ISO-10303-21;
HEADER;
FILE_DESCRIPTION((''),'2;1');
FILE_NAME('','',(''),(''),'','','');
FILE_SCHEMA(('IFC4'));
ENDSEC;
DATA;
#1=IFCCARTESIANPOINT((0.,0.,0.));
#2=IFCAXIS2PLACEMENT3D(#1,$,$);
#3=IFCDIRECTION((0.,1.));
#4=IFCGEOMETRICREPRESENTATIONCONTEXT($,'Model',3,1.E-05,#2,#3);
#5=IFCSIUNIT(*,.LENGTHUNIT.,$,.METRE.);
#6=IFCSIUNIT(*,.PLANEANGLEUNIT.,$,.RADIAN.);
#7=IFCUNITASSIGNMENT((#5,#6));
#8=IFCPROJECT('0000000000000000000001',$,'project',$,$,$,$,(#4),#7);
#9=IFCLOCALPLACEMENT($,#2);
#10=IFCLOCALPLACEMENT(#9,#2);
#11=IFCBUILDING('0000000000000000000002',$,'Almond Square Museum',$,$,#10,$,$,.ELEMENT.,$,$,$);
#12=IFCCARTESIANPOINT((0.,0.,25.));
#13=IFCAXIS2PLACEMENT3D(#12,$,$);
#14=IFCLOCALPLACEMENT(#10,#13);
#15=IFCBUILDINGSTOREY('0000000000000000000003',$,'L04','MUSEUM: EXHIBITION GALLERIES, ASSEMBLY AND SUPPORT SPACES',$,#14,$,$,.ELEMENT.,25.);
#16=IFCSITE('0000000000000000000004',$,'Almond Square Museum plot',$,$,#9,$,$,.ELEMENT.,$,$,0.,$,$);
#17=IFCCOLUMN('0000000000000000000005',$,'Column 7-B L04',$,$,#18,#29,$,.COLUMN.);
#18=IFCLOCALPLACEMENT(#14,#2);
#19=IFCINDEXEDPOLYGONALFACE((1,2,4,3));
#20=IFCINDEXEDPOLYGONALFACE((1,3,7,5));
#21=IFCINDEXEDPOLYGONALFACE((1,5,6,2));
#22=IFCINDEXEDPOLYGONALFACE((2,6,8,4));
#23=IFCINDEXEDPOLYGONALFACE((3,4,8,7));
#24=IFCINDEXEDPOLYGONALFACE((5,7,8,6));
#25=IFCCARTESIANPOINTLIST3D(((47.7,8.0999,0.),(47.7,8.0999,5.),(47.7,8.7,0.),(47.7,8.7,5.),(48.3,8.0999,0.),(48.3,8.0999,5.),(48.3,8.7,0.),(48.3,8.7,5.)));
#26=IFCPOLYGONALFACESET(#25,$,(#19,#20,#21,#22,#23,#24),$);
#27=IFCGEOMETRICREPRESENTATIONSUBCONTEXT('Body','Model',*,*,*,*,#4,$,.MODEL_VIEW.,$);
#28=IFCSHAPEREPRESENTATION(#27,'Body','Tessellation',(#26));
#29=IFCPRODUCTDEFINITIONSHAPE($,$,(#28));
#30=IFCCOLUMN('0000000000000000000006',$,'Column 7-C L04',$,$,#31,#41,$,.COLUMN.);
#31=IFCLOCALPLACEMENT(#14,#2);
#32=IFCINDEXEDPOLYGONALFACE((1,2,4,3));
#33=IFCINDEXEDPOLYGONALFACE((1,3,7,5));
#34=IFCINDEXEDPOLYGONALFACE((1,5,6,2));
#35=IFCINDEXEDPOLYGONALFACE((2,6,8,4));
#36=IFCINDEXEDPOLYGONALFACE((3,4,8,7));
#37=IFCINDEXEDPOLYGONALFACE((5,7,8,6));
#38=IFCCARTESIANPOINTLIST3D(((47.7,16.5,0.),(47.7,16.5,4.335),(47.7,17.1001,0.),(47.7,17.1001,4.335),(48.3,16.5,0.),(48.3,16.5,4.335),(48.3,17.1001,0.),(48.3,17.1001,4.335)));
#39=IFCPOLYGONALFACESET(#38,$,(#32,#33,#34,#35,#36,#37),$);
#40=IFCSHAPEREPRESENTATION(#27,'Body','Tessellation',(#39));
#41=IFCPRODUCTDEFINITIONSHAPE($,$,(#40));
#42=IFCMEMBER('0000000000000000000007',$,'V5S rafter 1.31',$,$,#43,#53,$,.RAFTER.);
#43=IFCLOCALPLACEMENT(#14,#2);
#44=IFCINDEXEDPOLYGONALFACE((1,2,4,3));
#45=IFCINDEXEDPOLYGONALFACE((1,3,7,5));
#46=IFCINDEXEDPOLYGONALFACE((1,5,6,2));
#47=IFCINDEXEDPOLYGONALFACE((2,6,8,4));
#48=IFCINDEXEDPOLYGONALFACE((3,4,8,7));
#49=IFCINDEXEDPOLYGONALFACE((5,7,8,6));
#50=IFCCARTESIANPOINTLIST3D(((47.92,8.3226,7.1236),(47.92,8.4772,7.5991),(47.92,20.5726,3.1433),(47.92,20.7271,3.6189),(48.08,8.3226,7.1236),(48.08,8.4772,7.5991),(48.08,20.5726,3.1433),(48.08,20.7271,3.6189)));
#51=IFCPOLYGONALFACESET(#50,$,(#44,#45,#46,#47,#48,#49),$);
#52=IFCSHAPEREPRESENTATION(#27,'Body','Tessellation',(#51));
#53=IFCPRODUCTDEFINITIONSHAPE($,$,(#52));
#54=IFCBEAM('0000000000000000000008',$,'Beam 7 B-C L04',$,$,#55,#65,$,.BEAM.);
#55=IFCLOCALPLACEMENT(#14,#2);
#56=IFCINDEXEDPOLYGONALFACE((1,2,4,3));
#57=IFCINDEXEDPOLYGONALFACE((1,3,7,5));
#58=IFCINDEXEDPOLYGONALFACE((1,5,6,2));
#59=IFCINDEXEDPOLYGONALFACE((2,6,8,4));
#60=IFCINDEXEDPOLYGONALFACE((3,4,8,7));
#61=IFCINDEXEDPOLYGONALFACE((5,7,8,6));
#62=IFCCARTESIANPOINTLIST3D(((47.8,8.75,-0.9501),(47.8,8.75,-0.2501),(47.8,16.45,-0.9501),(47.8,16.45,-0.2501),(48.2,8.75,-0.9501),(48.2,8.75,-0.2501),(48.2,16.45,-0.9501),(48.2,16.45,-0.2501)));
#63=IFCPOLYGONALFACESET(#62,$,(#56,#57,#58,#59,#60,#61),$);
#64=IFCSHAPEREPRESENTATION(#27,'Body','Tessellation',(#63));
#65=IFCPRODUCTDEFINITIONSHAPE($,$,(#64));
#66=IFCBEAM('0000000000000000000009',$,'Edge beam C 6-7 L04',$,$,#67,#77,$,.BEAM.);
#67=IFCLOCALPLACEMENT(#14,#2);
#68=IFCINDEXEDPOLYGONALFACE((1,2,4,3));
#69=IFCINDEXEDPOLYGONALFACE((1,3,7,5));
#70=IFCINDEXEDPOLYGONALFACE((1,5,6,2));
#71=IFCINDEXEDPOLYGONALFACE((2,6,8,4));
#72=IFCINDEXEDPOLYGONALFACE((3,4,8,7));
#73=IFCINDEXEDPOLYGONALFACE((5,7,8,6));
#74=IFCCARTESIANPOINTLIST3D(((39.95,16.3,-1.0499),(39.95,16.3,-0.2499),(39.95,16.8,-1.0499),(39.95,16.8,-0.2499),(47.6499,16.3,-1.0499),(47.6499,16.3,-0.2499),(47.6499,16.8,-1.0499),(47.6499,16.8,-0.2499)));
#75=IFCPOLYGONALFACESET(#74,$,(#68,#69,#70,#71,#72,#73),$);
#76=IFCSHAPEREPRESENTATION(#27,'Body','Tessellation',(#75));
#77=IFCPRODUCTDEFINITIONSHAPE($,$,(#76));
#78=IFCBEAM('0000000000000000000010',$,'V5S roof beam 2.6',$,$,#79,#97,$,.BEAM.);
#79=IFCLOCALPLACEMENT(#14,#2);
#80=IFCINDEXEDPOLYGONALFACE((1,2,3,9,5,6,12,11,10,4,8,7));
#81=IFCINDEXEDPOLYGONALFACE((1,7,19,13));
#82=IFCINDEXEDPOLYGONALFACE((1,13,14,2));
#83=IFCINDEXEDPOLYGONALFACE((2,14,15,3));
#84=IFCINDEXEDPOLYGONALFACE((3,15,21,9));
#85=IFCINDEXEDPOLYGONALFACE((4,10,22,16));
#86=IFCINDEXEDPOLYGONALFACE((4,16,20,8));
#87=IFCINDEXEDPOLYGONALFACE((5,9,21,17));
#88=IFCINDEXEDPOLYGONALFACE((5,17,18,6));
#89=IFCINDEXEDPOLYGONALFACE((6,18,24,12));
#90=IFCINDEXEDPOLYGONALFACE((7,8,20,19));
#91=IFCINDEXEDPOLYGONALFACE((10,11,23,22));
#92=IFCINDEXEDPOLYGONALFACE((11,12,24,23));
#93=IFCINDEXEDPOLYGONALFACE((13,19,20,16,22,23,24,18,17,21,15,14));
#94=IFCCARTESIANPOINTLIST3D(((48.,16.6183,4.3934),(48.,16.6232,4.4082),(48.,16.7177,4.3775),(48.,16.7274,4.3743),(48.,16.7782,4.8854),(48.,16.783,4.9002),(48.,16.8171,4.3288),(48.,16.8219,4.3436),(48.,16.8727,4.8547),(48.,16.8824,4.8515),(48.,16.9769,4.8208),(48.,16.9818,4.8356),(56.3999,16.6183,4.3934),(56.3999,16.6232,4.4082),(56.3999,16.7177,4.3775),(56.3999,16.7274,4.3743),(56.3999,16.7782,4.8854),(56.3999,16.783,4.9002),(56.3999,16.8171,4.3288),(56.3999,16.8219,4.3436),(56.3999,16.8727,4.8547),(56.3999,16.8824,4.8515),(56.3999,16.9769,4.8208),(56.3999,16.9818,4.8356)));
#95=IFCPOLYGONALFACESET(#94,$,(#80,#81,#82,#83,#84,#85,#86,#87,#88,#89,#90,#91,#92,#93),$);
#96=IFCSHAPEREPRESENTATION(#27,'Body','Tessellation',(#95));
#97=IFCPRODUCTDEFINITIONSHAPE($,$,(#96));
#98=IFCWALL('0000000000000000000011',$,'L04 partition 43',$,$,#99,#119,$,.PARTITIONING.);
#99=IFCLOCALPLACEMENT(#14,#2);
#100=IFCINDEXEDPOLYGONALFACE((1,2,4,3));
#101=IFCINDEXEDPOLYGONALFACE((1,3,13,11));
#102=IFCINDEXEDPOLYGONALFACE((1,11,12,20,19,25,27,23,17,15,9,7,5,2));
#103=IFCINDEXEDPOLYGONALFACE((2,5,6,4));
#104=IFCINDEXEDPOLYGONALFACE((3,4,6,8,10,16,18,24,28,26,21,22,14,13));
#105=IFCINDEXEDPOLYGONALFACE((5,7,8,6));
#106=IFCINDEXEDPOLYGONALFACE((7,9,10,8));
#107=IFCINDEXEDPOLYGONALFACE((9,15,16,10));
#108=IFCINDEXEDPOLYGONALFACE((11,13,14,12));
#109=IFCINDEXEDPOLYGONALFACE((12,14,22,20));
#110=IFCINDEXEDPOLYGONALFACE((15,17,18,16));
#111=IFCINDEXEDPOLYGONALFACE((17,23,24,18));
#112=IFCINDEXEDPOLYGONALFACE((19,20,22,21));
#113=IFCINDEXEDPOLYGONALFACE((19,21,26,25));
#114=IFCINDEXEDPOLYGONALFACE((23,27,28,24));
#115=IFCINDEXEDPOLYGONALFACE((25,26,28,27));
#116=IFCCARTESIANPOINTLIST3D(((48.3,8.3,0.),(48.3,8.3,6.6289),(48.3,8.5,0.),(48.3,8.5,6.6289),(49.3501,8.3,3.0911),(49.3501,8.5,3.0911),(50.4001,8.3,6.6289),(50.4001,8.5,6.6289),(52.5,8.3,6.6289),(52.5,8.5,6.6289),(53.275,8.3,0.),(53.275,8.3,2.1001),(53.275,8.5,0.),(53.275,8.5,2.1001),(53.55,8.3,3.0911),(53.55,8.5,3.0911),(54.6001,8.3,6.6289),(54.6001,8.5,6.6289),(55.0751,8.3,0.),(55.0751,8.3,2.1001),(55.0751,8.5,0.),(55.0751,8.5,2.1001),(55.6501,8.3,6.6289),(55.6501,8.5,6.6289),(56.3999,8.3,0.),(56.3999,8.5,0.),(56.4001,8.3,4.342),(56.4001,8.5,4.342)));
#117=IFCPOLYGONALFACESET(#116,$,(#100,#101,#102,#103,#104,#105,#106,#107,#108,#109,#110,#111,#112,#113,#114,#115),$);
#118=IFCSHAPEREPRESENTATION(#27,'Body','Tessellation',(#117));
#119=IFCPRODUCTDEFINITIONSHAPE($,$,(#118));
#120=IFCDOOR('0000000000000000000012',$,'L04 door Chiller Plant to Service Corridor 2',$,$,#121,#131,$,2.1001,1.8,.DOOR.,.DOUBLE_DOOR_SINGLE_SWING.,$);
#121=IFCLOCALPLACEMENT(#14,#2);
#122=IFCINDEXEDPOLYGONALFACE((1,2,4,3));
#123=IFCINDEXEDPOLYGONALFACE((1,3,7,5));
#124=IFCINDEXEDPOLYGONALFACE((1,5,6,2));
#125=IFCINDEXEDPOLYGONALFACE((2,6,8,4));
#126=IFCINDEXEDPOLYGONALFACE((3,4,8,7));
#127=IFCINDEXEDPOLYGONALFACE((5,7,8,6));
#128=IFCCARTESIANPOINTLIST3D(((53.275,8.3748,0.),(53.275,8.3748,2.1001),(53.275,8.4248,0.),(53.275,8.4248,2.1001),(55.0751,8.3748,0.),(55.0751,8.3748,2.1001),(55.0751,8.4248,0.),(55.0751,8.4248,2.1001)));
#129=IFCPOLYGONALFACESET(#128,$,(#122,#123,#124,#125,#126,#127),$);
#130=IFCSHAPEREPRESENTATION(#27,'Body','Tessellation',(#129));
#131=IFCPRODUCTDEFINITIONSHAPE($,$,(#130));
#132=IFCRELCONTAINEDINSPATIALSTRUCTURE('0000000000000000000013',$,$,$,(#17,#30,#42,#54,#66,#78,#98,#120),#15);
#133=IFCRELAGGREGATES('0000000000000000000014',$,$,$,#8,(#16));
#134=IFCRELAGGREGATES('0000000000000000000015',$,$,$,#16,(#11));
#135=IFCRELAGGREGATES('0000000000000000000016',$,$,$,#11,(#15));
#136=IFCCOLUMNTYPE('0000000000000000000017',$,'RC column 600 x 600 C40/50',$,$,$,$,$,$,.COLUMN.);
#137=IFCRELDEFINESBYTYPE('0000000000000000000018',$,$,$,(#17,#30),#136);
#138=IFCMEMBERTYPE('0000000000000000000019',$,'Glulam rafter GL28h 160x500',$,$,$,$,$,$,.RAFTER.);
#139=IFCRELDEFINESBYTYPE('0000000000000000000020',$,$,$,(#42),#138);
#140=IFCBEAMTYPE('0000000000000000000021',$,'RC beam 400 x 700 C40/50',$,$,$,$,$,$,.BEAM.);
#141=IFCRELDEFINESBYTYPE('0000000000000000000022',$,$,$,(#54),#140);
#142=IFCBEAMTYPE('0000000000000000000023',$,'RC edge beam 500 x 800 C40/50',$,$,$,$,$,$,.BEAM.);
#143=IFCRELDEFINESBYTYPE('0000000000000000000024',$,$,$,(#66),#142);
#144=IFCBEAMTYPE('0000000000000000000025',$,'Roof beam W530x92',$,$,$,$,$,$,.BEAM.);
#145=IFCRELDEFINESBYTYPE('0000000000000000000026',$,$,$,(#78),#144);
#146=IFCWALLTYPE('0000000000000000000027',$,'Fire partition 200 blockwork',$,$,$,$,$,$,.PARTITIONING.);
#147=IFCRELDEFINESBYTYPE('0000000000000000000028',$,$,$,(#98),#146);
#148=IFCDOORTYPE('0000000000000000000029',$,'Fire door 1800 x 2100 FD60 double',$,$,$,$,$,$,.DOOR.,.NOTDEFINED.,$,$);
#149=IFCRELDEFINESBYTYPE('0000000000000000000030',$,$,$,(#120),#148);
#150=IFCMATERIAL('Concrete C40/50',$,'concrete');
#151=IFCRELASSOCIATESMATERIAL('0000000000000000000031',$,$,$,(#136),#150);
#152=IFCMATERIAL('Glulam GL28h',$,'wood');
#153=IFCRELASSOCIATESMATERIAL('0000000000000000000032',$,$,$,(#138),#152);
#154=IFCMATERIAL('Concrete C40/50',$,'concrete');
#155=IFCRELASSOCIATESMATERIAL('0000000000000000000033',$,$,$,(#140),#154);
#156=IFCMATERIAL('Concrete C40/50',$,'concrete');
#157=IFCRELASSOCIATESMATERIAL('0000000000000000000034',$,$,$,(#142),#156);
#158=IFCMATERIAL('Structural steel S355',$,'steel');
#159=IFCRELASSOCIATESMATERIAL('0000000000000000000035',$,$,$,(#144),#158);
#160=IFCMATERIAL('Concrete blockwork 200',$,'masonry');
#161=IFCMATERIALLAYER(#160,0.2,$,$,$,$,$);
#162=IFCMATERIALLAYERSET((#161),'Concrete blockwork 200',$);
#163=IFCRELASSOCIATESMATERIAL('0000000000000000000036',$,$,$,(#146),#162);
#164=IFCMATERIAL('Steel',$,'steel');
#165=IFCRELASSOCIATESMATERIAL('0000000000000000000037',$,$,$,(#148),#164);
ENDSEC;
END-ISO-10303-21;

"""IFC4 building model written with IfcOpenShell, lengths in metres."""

from ifc_helpers import new_model, si_unit, direction, frame, frame_2d, origin, origin_2d, place, context, subcontext, project, spatial, polyline, rectangle, i_section, outline, extrude, material, layer, layer_set, material_profile, profile_set, type_object, element, fill, save


model = new_model("IFC4")

# Units and contexts
model_context = context("Model", 3, precision=1e-05, world=origin(), true_north=direction((0.0, 1.0)))
body_context = subcontext(model_context, "Body", "Model", "MODEL_VIEW")
ifc_project = project(units=[si_unit("LENGTHUNIT", "METRE"), si_unit("PLANEANGLEUNIT", "RADIAN")], contexts=[model_context])

# Site, building, storey
site_placement = place(None, origin())
site = spatial("IfcSite", under=ifc_project, at=site_placement, Name="Almond Square Museum plot", CompositionType="ELEMENT", RefElevation=0.0)
building_placement = place(site_placement, origin())
building = spatial("IfcBuilding", under=site, at=building_placement, Name="Almond Square Museum", CompositionType="ELEMENT")
storey_placement = place(building_placement, frame((0.0, 0.0, 25.0)))
storey = spatial("IfcBuildingStorey", under=building, at=storey_placement, Name="L04", Description="MUSEUM: EXHIBITION GALLERIES, ASSEMBLY AND SUPPORT SPACES", CompositionType="ELEMENT", Elevation=25.0)

# Columns
ifc_material_1 = material(Name="Concrete C40/50", Category="concrete")
ifc_material_profile_1 = material_profile(ifc_material_1, rectangle(XDim=0.6001, YDim=0.6001, at=origin_2d()))
ifc_profile_set_1 = profile_set([ifc_material_profile_1], Name="Concrete C40/50")
column_type = type_object("IfcColumnType", Name="RC column 600 x 600 C40/50", PredefinedType="COLUMN", material=ifc_profile_set_1)
column_1_placement = place(storey_placement, frame((48.0, 8.3999, 0.0), z_axis=(0.0, 0.0, 1.0), x_axis=(1.0, 0.0, 0.0)))
element("IfcColumn", 1, at=column_1_placement, inside=storey, type_object=column_type, Name="Column 7-B L04", PredefinedType="COLUMN", context=body_context, shape_type="SweptSolid", body=[
    extrude(rectangle(XDim=0.6001, YDim=0.6001, at=origin_2d()), origin(), (0.0, 0.0, 1.0), 5.0),
])
column_2_placement = place(storey_placement, frame((48.0, 16.8, 0.0), z_axis=(0.0, 0.0, 1.0), x_axis=(1.0, 0.0, 0.0)))
element("IfcColumn", 2, at=column_2_placement, inside=storey, type_object=column_type, Name="Column 7-C L04", PredefinedType="COLUMN", context=body_context, shape_type="SweptSolid", body=[
    extrude(rectangle(XDim=0.6001, YDim=0.6001, at=origin_2d()), origin(), (0.0, 0.0, 1.0), 4.335),
])

# Member
ifc_material_2 = material(Name="Glulam GL28h", Category="wood")
ifc_material_profile_2 = material_profile(ifc_material_2, rectangle(XDim=0.1599, YDim=0.5, at=origin_2d()))
ifc_profile_set_2 = profile_set([ifc_material_profile_2], Name="Glulam GL28h")
member_type = type_object("IfcMemberType", Name="Glulam rafter GL28h 160x500", PredefinedType="RAFTER", material=ifc_profile_set_2)
member_placement = place(storey_placement, frame((48.0, 8.3999, 7.3613), z_axis=(0.0, 0.951057, -0.309014), x_axis=(-1.0, 0.0, 0.0)))
element("IfcMember", 3, at=member_placement, inside=storey, type_object=member_type, Name="V5S rafter 1.31", PredefinedType="RAFTER", context=body_context, shape_type="SweptSolid", body=[
    extrude(rectangle(XDim=0.1599, YDim=0.5, at=origin_2d()), origin(), (0.0, 0.0, 1.0), 12.8804),
])

# Beams
ifc_material_3 = material(Name="Concrete C40/50", Category="concrete")
ifc_material_profile_3 = material_profile(ifc_material_3, rectangle(XDim=0.3999, YDim=0.7, at=origin_2d()))
ifc_profile_set_3 = profile_set([ifc_material_profile_3], Name="Concrete C40/50")
beam_type_1 = type_object("IfcBeamType", Name="RC beam 400 x 700 C40/50", PredefinedType="BEAM", material=ifc_profile_set_3)
beam_1_placement = place(storey_placement, frame((48.0, 8.75, -0.6001), z_axis=(0.0, 1.0, 0.0), x_axis=(-1.0, 0.0, 0.0)))
element("IfcBeam", 4, at=beam_1_placement, inside=storey, type_object=beam_type_1, Name="Beam 7 B-C L04", PredefinedType="BEAM", context=body_context, shape_type="SweptSolid", body=[
    extrude(rectangle(XDim=0.3999, YDim=0.7, at=origin_2d()), origin(), (0.0, 0.0, 1.0), 7.7),
])
ifc_material_4 = material(Name="Concrete C40/50", Category="concrete")
ifc_material_profile_4 = material_profile(ifc_material_4, rectangle(XDim=0.5, YDim=0.8, at=origin_2d()))
ifc_profile_set_4 = profile_set([ifc_material_profile_4], Name="Concrete C40/50")
beam_type_2 = type_object("IfcBeamType", Name="RC edge beam 500 x 800 C40/50", PredefinedType="BEAM", material=ifc_profile_set_4)
beam_2_placement = place(storey_placement, frame((39.95, 16.55, -0.6499), z_axis=(1.0, 0.0, 0.0), x_axis=(0.0, 1.0, 0.0)))
element("IfcBeam", 5, at=beam_2_placement, inside=storey, type_object=beam_type_2, Name="Edge beam C 6-7 L04", PredefinedType="BEAM", context=body_context, shape_type="SweptSolid", body=[
    extrude(rectangle(XDim=0.5, YDim=0.8, at=origin_2d()), origin(), (0.0, 0.0, 1.0), 7.7),
])
ifc_material_5 = material(Name="Structural steel S355", Category="steel")
ifc_material_profile_5 = material_profile(ifc_material_5, i_section(OverallWidth=0.209, OverallDepth=0.533, WebThickness=0.0103, FlangeThickness=0.0156, at=origin_2d()))
ifc_profile_set_5 = profile_set([ifc_material_profile_5], Name="Structural steel S355")
beam_type_3 = type_object("IfcBeamType", Name="Roof beam W530x92", PredefinedType="BEAM", material=ifc_profile_set_5)
beam_3_placement = place(storey_placement, frame((48.0, 16.8, 4.6145), z_axis=(1.0, 0.0, 0.0), x_axis=(0.0, 0.951057, -0.309017)))
element("IfcBeam", 6, at=beam_3_placement, inside=storey, type_object=beam_type_3, Name="V5S roof beam 2.6", PredefinedType="BEAM", context=body_context, shape_type="SweptSolid", body=[
    extrude(i_section(OverallWidth=0.209, OverallDepth=0.533, WebThickness=0.0103, FlangeThickness=0.0156, at=origin_2d()), origin(), (0.0, 0.0, 1.0), 8.3999),
])

# Wall, opening, door
ifc_material_6 = material(Name="Concrete blockwork 200", Category="masonry")
ifc_layer = layer(ifc_material_6, 0.2)
ifc_layer_set = layer_set([ifc_layer], Name="Concrete blockwork 200")
wall_type = type_object("IfcWallType", Name="Fire partition 200 blockwork", PredefinedType="PARTITIONING", material=ifc_layer_set)
wall_placement = place(storey_placement, frame((48.3, 8.3999, 0.0), z_axis=(0.0, 0.0, 1.0), x_axis=(1.0, 0.0, 0.0)))
wall = element("IfcWall", 7, at=wall_placement, inside=storey, type_object=wall_type, Name="L04 partition 43", PredefinedType="PARTITIONING", context=body_context, shape_type="SweptSolid", body=[
    extrude(outline(polyline([(0.0, 0.0), (8.0999, 0.0), (8.1001, 4.342), (7.3501, 6.6289), (6.3, 6.6289), (5.25, 3.0911), (4.2, 6.6289), (2.1001, 6.6289), (1.05, 3.0911), (0.0, 6.6289), (0.0, 0.0)])), frame((0.0, 0.1001, 0.0), z_axis=(0.0, -1.0, 0.0), x_axis=(1.0, 0.0, 0.0)), (0.0, 0.0, 1.0), 0.2),
])
opening_placement = place(wall_placement, frame((4.9751, 0.0, 0.0)))
opening = element("IfcOpeningElement", 8, at=opening_placement, cuts=wall, PredefinedType="OPENING", context=body_context, shape_type="SweptSolid", body=[
    extrude(rectangle(XDim=1.8, YDim=2.1001, at=frame_2d((0.8999, 1.05))), frame((0.0, 0.1099, 0.0), z_axis=(0.0, -1.0, 0.0), x_axis=(1.0, 0.0, 0.0)), (0.0, 0.0, 1.0), 0.22),
])
ifc_material_7 = material(Name="Steel", Category="steel")
door_type = type_object("IfcDoorType", Name="Fire door 1800 x 2100 FD60 double", OperationType="NOTDEFINED", PredefinedType="DOOR", material=ifc_material_7)
door_placement = place(opening_placement, origin())
door = element("IfcDoor", 9, at=door_placement, inside=storey, type_object=door_type, Name="L04 door Chiller Plant to Service Corridor 2", OperationType="DOUBLE_DOOR_SINGLE_SWING", OverallHeight=2.1001, OverallWidth=1.8, PredefinedType="DOOR", context=body_context, shape_type="SweptSolid", body=[
    extrude(rectangle(XDim=1.8, YDim=2.1001, at=frame_2d((0.8999, 1.05))), frame((0.0, 0.0249, 0.0), z_axis=(0.0, -1.0, 0.0), x_axis=(1.0, 0.0, 0.0)), (0.0, 0.0, 1.0), 0.05),
])
fill(opening, door)

save(model, "model.ifc")
